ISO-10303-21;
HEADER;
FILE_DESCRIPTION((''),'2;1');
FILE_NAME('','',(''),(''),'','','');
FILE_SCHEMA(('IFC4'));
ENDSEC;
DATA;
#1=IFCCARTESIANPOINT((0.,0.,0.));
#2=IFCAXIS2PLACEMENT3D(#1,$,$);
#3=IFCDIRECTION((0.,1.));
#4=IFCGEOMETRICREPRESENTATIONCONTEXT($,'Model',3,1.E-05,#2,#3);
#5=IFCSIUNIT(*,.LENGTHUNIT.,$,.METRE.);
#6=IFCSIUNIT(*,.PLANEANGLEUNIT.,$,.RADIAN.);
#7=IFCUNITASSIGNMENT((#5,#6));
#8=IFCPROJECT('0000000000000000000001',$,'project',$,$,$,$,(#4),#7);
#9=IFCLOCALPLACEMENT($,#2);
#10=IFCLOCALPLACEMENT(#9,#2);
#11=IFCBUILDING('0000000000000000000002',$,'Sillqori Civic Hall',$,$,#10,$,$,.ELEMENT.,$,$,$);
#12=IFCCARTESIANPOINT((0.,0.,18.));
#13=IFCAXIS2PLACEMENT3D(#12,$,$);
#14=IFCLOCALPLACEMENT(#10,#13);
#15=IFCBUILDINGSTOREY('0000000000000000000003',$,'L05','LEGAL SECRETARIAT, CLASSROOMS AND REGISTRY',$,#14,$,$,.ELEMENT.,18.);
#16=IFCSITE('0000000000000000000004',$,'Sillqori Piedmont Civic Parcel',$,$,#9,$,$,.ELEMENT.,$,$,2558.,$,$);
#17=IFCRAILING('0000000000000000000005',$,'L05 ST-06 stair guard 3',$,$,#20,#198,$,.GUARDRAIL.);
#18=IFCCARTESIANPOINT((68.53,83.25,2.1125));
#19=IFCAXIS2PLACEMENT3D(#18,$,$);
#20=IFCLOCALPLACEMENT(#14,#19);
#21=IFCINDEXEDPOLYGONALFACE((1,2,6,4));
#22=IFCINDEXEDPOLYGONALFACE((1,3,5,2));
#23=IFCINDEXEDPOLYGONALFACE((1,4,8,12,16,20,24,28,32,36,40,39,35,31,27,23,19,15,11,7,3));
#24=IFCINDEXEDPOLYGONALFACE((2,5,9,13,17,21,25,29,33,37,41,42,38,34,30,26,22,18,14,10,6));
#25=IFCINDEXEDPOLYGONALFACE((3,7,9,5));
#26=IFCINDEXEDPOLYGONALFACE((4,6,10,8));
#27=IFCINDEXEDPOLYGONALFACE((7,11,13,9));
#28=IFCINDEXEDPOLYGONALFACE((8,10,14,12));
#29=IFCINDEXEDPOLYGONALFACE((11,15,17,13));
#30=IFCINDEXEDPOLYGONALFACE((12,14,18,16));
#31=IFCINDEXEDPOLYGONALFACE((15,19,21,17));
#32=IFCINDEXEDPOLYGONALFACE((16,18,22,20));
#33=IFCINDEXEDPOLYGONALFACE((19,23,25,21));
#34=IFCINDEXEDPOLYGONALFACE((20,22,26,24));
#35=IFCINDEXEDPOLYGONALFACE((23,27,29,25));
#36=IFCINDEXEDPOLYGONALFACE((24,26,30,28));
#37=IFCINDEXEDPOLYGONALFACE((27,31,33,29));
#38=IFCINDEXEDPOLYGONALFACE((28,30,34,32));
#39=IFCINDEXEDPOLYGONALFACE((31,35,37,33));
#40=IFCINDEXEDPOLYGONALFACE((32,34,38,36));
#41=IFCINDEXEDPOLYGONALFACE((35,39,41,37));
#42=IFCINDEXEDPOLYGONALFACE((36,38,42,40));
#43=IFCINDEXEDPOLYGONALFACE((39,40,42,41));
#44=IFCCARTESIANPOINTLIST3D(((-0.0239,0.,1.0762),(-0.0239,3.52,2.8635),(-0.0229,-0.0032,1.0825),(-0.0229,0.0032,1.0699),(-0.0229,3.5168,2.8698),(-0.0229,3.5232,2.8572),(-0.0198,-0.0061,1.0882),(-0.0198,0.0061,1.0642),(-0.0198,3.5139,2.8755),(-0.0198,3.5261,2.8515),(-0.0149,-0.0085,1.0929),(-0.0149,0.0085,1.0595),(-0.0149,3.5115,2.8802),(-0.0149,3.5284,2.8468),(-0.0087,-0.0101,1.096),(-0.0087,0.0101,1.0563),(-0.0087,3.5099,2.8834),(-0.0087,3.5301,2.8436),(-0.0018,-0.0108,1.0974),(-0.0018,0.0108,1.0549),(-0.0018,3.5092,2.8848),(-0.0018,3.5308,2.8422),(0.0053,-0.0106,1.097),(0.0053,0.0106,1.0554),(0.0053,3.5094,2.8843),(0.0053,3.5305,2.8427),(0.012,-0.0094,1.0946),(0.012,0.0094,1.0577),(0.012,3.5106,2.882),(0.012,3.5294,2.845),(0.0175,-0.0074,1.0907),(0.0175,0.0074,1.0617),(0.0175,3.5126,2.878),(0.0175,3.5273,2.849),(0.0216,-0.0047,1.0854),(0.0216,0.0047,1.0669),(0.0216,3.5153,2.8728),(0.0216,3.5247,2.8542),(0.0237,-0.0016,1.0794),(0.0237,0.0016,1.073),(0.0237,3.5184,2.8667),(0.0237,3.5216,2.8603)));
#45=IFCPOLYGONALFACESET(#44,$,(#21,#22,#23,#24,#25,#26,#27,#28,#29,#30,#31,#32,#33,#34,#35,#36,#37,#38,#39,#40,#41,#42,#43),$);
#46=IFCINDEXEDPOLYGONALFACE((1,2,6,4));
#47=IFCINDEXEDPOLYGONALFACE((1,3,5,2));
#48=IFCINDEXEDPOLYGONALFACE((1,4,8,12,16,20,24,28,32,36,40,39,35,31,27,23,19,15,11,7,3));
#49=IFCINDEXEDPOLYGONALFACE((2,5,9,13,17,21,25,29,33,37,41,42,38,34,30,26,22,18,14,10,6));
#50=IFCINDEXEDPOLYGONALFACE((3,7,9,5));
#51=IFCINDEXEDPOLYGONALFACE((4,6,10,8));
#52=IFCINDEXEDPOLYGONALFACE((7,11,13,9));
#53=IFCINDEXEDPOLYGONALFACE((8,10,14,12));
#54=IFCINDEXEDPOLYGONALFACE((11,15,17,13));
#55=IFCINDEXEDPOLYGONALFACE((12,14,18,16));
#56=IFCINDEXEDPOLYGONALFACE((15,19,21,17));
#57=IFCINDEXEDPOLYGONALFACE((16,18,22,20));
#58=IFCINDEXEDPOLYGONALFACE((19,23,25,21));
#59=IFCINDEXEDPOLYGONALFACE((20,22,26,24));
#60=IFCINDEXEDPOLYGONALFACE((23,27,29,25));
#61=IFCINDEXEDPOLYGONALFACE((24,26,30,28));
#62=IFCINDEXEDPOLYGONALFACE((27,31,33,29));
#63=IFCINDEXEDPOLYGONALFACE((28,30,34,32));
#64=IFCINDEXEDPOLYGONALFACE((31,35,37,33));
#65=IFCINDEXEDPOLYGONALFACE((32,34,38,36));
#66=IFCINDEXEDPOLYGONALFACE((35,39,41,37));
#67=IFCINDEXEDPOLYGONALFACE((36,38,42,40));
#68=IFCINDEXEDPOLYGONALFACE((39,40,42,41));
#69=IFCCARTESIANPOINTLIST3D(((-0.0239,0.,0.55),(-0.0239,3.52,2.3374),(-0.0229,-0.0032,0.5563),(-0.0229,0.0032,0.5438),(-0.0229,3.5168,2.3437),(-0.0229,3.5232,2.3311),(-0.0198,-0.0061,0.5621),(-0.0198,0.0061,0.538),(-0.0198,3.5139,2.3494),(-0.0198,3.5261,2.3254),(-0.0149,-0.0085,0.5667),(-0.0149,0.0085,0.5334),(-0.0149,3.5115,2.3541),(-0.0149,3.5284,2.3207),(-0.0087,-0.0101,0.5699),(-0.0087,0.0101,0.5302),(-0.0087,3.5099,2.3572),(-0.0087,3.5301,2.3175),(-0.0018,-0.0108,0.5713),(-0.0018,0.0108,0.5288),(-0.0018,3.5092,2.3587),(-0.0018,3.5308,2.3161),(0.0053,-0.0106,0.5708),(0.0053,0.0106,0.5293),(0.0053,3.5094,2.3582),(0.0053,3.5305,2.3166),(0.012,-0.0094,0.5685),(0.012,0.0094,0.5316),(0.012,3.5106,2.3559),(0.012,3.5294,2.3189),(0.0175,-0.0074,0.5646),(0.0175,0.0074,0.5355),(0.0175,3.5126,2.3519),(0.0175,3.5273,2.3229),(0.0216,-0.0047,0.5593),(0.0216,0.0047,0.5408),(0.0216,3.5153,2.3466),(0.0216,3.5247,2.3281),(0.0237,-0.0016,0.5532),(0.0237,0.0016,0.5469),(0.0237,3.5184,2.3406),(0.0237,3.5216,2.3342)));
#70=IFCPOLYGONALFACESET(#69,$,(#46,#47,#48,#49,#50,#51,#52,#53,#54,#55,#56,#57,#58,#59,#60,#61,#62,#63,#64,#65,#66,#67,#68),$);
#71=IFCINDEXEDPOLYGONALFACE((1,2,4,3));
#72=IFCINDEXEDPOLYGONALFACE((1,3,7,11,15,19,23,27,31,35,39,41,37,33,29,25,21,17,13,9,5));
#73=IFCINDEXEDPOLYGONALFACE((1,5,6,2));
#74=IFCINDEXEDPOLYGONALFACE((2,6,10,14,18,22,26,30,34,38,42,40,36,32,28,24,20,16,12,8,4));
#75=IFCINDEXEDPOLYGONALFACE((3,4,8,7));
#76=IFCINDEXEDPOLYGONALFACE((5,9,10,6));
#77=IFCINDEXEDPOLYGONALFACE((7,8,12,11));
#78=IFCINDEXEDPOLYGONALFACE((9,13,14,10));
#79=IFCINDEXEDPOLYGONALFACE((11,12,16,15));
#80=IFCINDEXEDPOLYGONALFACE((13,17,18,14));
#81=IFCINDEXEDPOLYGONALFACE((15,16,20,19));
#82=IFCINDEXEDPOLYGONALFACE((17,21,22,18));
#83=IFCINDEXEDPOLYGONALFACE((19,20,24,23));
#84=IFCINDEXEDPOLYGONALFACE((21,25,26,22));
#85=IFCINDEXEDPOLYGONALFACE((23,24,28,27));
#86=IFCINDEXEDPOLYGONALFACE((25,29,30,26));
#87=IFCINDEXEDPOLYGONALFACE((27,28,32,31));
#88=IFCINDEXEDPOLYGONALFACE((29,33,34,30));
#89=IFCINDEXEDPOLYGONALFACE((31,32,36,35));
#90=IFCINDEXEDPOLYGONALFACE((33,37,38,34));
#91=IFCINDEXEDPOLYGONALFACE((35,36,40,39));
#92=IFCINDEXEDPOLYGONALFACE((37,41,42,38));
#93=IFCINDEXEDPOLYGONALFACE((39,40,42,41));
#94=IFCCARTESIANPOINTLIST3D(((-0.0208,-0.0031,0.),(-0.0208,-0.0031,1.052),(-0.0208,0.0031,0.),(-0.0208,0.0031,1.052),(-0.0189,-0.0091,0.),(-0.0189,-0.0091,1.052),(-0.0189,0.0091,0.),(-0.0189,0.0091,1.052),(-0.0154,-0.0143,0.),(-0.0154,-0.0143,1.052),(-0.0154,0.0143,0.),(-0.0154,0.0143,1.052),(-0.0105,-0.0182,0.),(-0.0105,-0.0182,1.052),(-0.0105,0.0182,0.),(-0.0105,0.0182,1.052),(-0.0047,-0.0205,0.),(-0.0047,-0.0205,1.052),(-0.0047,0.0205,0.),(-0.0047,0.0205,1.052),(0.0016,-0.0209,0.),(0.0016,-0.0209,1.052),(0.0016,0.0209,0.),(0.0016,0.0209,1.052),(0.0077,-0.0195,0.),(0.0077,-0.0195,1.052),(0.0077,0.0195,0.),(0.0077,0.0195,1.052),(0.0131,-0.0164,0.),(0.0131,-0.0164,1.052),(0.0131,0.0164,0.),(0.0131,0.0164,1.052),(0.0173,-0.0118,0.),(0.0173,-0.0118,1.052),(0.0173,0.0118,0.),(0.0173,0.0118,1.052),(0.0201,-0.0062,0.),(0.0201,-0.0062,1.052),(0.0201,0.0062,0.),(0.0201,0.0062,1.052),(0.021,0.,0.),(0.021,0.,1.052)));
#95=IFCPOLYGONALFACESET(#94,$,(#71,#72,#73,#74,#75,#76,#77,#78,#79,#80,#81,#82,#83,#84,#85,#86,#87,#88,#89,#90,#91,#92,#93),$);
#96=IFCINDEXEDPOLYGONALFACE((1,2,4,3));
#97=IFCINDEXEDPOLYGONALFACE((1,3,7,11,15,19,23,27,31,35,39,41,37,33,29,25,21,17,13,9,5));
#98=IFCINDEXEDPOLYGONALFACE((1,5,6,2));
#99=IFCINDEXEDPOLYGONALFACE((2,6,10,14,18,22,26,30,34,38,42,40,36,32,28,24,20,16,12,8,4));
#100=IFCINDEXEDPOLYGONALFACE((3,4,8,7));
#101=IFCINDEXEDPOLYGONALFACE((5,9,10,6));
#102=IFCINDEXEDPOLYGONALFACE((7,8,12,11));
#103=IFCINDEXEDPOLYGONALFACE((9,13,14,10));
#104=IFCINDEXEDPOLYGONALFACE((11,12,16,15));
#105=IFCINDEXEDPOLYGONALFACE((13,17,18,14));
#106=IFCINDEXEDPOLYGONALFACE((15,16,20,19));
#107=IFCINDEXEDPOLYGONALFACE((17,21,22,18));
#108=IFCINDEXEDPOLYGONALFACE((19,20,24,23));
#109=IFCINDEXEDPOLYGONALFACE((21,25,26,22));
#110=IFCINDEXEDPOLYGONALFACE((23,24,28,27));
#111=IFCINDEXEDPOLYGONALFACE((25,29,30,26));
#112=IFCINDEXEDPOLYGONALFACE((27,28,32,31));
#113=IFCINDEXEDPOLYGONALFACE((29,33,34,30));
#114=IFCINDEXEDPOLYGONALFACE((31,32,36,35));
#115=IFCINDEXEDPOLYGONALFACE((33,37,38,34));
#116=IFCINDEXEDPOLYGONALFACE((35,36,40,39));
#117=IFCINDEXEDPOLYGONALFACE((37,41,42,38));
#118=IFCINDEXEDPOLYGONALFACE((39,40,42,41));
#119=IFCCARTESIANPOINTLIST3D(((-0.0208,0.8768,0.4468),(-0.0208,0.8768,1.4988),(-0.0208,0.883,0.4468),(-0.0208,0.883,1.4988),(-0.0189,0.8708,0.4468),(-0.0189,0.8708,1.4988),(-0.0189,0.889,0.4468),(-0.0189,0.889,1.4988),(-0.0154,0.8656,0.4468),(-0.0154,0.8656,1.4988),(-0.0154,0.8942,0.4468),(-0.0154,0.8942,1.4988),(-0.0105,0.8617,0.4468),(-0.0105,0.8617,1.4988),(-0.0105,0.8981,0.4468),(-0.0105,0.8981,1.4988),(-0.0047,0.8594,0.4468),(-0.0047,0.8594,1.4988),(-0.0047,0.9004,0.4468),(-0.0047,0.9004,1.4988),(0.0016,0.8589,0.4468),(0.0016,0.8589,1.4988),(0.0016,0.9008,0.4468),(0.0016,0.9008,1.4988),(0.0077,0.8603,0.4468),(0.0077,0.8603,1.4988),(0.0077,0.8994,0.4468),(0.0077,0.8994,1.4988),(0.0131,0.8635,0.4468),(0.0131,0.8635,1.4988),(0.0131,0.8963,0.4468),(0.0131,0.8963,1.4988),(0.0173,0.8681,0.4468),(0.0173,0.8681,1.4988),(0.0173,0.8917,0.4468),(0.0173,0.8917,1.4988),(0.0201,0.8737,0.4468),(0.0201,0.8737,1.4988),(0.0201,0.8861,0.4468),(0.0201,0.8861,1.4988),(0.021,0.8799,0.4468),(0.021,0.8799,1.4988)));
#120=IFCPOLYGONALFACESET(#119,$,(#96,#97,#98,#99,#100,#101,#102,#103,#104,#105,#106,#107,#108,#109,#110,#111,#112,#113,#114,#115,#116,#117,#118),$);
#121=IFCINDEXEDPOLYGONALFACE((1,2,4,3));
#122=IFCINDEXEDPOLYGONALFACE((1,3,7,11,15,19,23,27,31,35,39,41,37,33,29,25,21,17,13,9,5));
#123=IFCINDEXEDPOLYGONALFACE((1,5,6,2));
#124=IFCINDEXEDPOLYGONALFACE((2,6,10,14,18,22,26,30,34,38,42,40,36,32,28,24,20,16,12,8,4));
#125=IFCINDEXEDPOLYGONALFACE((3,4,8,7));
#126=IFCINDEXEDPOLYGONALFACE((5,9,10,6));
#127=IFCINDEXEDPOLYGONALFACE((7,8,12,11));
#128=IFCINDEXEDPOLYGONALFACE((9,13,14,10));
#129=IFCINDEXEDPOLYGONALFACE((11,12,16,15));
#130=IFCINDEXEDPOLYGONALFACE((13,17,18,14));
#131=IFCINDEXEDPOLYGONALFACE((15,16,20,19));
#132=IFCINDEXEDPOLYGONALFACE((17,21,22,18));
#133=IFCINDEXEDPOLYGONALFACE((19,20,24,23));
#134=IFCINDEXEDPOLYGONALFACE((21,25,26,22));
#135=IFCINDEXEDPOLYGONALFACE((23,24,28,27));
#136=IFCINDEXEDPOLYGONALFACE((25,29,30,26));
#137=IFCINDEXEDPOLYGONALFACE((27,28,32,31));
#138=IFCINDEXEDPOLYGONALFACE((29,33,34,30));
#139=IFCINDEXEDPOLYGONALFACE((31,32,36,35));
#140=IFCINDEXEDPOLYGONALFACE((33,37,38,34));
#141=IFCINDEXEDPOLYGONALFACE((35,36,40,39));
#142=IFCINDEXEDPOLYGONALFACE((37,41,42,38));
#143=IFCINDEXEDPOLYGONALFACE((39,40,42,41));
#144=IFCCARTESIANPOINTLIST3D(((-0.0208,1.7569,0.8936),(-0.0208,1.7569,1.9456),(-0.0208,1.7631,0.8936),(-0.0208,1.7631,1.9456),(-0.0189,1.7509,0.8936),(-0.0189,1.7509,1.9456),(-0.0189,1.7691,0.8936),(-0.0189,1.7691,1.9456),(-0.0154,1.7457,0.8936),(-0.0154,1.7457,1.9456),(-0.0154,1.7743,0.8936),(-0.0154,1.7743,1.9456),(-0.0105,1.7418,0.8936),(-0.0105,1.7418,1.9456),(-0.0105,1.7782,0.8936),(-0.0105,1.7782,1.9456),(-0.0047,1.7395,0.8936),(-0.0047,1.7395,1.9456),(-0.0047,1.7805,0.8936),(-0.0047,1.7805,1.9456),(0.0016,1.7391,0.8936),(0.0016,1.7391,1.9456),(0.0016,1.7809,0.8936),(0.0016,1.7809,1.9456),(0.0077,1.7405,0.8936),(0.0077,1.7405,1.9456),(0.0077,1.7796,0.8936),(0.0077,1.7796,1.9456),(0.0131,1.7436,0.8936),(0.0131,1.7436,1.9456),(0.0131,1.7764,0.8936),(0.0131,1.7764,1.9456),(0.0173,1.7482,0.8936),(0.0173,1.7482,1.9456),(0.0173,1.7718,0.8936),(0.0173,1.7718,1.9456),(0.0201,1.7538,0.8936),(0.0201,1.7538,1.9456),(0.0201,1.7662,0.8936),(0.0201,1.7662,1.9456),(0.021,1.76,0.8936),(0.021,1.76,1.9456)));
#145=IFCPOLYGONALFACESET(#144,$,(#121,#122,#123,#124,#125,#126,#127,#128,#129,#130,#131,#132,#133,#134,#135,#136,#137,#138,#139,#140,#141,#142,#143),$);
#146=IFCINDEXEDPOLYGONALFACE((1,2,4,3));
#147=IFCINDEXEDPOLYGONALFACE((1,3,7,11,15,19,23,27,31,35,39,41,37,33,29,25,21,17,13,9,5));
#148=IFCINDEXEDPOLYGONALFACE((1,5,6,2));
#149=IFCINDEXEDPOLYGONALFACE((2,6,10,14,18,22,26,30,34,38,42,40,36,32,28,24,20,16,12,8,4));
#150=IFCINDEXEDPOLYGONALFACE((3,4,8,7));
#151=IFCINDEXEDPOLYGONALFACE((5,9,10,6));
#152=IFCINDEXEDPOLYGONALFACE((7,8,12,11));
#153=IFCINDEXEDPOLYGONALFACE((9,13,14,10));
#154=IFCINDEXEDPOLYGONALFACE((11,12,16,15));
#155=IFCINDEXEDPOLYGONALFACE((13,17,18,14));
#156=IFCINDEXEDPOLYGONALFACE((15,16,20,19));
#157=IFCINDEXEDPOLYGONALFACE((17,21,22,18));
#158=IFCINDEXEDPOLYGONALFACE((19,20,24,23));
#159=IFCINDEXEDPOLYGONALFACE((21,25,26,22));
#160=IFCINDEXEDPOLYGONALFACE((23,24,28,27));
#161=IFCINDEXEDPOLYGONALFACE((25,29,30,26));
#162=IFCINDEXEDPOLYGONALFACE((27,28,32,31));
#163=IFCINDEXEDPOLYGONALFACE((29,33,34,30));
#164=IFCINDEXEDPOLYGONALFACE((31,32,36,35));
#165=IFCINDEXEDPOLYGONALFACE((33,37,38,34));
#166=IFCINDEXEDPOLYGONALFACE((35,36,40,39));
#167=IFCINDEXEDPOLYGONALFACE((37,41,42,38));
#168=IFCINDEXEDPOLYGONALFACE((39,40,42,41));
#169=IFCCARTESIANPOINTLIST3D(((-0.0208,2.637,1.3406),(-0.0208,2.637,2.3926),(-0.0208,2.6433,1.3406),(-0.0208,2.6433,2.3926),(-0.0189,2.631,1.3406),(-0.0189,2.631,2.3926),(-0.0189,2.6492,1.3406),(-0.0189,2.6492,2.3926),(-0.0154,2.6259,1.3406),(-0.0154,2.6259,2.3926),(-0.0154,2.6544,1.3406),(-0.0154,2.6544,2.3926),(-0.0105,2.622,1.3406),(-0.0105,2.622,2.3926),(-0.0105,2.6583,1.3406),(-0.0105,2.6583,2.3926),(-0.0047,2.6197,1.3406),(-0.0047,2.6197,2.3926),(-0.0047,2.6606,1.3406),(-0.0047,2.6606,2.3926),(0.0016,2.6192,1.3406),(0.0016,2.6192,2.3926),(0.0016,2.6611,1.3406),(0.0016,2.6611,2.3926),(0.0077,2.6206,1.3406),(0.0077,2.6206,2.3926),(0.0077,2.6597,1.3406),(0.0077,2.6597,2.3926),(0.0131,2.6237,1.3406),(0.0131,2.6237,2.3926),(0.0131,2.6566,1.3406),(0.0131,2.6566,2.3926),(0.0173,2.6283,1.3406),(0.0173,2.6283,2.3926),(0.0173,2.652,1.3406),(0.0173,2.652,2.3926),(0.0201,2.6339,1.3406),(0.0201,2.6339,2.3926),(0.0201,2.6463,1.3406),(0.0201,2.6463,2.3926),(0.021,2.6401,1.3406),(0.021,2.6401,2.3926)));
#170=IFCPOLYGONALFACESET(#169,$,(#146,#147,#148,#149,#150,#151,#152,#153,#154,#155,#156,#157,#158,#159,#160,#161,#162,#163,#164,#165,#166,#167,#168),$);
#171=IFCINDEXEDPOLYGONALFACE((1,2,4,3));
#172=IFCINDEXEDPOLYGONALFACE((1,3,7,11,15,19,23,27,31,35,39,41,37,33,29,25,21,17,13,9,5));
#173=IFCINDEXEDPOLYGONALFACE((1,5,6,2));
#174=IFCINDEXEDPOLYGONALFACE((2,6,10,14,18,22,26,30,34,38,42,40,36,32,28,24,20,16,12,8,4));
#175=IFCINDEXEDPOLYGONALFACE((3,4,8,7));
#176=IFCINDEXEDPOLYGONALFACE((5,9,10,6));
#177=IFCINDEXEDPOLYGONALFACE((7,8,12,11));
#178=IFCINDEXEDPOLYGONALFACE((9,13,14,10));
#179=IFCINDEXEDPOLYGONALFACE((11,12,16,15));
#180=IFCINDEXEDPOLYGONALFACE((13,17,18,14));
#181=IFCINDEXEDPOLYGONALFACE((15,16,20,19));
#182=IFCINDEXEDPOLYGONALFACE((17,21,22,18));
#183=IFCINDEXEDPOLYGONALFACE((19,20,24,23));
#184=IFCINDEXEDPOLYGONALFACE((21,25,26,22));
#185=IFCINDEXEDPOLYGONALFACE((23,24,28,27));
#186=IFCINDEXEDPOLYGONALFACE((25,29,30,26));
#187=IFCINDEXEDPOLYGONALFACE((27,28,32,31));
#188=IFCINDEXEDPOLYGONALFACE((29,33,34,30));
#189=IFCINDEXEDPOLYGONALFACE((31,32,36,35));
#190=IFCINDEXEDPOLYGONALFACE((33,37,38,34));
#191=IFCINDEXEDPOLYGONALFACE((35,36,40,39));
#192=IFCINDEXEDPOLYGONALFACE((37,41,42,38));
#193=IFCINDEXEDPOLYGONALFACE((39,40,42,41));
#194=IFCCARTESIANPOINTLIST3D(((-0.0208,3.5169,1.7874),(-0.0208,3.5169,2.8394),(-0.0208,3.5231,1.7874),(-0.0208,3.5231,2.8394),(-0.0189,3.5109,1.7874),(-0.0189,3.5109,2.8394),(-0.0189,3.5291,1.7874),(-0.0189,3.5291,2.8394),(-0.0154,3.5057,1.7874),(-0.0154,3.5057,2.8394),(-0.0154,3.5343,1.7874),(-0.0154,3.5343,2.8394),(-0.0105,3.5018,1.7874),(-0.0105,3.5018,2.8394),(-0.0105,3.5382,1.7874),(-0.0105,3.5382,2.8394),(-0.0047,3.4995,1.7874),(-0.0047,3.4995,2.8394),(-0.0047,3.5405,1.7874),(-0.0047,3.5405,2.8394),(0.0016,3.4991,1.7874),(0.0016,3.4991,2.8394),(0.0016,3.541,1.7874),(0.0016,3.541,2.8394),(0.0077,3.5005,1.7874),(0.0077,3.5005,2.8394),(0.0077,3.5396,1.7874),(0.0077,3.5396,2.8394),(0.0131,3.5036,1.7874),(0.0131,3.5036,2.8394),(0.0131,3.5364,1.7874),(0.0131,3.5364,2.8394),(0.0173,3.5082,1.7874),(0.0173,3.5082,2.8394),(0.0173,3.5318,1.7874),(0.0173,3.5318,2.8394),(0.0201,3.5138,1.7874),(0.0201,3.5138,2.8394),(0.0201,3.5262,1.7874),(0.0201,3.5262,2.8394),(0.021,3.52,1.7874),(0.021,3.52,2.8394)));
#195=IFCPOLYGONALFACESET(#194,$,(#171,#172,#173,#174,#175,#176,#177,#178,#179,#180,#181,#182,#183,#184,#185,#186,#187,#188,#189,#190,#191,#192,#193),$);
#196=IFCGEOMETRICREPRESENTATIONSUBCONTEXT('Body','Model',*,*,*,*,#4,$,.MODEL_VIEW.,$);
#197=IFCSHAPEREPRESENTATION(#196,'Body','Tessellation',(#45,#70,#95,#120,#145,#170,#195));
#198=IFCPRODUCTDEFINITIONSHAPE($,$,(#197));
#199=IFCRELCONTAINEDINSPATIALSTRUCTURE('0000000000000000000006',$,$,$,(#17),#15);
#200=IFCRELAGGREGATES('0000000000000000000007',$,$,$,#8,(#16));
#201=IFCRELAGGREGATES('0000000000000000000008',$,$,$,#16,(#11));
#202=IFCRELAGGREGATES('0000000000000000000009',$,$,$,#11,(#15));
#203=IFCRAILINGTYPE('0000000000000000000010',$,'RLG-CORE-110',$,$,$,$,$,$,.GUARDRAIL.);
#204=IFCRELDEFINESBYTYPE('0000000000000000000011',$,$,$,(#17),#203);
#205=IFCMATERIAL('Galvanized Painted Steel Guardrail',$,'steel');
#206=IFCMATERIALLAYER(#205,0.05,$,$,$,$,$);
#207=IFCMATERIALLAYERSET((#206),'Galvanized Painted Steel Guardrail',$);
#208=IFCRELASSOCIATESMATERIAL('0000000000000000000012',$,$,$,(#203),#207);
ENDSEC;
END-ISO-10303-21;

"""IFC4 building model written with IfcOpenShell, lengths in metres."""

from ifc_helpers import new_model, si_unit, direction, frame, origin, origin_2d, place, context, subcontext, project, spatial, circle, extrude, material, layer, layer_set, type_object, element, save


model = new_model("IFC4")

# Units and contexts
model_context = context("Model", 3, precision=1e-05, world=origin(), true_north=direction((0.0, 1.0)))
body_context = subcontext(model_context, "Body", "Model", "MODEL_VIEW")
ifc_project = project(units=[si_unit("LENGTHUNIT", "METRE"), si_unit("PLANEANGLEUNIT", "RADIAN")], contexts=[model_context])

# Site, building, storey
site_placement = place(None, origin())
site = spatial("IfcSite", under=ifc_project, at=site_placement, Name="Sillqori Piedmont Civic Parcel", CompositionType="ELEMENT", RefElevation=2558.0)
building_placement = place(site_placement, origin())
building = spatial("IfcBuilding", under=site, at=building_placement, Name="Sillqori Civic Hall", CompositionType="ELEMENT")
storey_placement = place(building_placement, frame((0.0, 0.0, 18.0)))
storey = spatial("IfcBuildingStorey", under=building, at=storey_placement, Name="L05", Description="LEGAL SECRETARIAT, CLASSROOMS AND REGISTRY", CompositionType="ELEMENT", Elevation=18.0)

# Railing
ifc_material_1 = material(Name="Galvanized Painted Steel Guardrail", Category="steel")
ifc_layer_1 = layer(ifc_material_1, 0.05)
ifc_layer_set_1 = layer_set([ifc_layer_1], Name="Galvanized Painted Steel Guardrail")
railing_type_1 = type_object("IfcRailingType", Name="RLG-CORE-110", PredefinedType="GUARDRAIL", material=ifc_layer_set_1)
railing_1_placement = place(storey_placement, frame((68.53, 83.25, 2.1125)))
element("IfcRailing", 1, at=railing_1_placement, inside=storey, type_object=railing_type_1, Name="L05 ST-06 stair guard 3", PredefinedType="GUARDRAIL", context=body_context, shape_type="SweptSolid", body=[
    extrude(circle(Radius=0.0239, at=origin_2d()), frame((0.0, 0.0, 1.0762), z_axis=(0.0, 0.89164, 0.452746), x_axis=(-1.0, 0.0, 0.0)), (0.0, 0.0, 1.0), 3.9478),
    extrude(circle(Radius=0.0239, at=origin_2d()), frame((0.0, 0.0, 0.55), z_axis=(0.0, 0.89164, 0.452746), x_axis=(-1.0, 0.0, 0.0)), (0.0, 0.0, 1.0), 3.9478),
    extrude(circle(Radius=0.021, at=origin_2d()), origin(), (0.0, 0.0, 1.0), 1.052),
    extrude(circle(Radius=0.021, at=origin_2d()), frame((0.0, 0.8799, 0.4468)), (0.0, 0.0, 1.0), 1.052),
    extrude(circle(Radius=0.021, at=origin_2d()), frame((0.0, 1.76, 0.8936)), (0.0, 0.0, 1.0), 1.052),
    extrude(circle(Radius=0.021, at=origin_2d()), frame((0.0, 2.6401, 1.3406)), (0.0, 0.0, 1.0), 1.052),
    extrude(circle(Radius=0.021, at=origin_2d()), frame((0.0, 3.52, 1.7874)), (0.0, 0.0, 1.0), 1.052),
])

save(model, "model.ifc")
